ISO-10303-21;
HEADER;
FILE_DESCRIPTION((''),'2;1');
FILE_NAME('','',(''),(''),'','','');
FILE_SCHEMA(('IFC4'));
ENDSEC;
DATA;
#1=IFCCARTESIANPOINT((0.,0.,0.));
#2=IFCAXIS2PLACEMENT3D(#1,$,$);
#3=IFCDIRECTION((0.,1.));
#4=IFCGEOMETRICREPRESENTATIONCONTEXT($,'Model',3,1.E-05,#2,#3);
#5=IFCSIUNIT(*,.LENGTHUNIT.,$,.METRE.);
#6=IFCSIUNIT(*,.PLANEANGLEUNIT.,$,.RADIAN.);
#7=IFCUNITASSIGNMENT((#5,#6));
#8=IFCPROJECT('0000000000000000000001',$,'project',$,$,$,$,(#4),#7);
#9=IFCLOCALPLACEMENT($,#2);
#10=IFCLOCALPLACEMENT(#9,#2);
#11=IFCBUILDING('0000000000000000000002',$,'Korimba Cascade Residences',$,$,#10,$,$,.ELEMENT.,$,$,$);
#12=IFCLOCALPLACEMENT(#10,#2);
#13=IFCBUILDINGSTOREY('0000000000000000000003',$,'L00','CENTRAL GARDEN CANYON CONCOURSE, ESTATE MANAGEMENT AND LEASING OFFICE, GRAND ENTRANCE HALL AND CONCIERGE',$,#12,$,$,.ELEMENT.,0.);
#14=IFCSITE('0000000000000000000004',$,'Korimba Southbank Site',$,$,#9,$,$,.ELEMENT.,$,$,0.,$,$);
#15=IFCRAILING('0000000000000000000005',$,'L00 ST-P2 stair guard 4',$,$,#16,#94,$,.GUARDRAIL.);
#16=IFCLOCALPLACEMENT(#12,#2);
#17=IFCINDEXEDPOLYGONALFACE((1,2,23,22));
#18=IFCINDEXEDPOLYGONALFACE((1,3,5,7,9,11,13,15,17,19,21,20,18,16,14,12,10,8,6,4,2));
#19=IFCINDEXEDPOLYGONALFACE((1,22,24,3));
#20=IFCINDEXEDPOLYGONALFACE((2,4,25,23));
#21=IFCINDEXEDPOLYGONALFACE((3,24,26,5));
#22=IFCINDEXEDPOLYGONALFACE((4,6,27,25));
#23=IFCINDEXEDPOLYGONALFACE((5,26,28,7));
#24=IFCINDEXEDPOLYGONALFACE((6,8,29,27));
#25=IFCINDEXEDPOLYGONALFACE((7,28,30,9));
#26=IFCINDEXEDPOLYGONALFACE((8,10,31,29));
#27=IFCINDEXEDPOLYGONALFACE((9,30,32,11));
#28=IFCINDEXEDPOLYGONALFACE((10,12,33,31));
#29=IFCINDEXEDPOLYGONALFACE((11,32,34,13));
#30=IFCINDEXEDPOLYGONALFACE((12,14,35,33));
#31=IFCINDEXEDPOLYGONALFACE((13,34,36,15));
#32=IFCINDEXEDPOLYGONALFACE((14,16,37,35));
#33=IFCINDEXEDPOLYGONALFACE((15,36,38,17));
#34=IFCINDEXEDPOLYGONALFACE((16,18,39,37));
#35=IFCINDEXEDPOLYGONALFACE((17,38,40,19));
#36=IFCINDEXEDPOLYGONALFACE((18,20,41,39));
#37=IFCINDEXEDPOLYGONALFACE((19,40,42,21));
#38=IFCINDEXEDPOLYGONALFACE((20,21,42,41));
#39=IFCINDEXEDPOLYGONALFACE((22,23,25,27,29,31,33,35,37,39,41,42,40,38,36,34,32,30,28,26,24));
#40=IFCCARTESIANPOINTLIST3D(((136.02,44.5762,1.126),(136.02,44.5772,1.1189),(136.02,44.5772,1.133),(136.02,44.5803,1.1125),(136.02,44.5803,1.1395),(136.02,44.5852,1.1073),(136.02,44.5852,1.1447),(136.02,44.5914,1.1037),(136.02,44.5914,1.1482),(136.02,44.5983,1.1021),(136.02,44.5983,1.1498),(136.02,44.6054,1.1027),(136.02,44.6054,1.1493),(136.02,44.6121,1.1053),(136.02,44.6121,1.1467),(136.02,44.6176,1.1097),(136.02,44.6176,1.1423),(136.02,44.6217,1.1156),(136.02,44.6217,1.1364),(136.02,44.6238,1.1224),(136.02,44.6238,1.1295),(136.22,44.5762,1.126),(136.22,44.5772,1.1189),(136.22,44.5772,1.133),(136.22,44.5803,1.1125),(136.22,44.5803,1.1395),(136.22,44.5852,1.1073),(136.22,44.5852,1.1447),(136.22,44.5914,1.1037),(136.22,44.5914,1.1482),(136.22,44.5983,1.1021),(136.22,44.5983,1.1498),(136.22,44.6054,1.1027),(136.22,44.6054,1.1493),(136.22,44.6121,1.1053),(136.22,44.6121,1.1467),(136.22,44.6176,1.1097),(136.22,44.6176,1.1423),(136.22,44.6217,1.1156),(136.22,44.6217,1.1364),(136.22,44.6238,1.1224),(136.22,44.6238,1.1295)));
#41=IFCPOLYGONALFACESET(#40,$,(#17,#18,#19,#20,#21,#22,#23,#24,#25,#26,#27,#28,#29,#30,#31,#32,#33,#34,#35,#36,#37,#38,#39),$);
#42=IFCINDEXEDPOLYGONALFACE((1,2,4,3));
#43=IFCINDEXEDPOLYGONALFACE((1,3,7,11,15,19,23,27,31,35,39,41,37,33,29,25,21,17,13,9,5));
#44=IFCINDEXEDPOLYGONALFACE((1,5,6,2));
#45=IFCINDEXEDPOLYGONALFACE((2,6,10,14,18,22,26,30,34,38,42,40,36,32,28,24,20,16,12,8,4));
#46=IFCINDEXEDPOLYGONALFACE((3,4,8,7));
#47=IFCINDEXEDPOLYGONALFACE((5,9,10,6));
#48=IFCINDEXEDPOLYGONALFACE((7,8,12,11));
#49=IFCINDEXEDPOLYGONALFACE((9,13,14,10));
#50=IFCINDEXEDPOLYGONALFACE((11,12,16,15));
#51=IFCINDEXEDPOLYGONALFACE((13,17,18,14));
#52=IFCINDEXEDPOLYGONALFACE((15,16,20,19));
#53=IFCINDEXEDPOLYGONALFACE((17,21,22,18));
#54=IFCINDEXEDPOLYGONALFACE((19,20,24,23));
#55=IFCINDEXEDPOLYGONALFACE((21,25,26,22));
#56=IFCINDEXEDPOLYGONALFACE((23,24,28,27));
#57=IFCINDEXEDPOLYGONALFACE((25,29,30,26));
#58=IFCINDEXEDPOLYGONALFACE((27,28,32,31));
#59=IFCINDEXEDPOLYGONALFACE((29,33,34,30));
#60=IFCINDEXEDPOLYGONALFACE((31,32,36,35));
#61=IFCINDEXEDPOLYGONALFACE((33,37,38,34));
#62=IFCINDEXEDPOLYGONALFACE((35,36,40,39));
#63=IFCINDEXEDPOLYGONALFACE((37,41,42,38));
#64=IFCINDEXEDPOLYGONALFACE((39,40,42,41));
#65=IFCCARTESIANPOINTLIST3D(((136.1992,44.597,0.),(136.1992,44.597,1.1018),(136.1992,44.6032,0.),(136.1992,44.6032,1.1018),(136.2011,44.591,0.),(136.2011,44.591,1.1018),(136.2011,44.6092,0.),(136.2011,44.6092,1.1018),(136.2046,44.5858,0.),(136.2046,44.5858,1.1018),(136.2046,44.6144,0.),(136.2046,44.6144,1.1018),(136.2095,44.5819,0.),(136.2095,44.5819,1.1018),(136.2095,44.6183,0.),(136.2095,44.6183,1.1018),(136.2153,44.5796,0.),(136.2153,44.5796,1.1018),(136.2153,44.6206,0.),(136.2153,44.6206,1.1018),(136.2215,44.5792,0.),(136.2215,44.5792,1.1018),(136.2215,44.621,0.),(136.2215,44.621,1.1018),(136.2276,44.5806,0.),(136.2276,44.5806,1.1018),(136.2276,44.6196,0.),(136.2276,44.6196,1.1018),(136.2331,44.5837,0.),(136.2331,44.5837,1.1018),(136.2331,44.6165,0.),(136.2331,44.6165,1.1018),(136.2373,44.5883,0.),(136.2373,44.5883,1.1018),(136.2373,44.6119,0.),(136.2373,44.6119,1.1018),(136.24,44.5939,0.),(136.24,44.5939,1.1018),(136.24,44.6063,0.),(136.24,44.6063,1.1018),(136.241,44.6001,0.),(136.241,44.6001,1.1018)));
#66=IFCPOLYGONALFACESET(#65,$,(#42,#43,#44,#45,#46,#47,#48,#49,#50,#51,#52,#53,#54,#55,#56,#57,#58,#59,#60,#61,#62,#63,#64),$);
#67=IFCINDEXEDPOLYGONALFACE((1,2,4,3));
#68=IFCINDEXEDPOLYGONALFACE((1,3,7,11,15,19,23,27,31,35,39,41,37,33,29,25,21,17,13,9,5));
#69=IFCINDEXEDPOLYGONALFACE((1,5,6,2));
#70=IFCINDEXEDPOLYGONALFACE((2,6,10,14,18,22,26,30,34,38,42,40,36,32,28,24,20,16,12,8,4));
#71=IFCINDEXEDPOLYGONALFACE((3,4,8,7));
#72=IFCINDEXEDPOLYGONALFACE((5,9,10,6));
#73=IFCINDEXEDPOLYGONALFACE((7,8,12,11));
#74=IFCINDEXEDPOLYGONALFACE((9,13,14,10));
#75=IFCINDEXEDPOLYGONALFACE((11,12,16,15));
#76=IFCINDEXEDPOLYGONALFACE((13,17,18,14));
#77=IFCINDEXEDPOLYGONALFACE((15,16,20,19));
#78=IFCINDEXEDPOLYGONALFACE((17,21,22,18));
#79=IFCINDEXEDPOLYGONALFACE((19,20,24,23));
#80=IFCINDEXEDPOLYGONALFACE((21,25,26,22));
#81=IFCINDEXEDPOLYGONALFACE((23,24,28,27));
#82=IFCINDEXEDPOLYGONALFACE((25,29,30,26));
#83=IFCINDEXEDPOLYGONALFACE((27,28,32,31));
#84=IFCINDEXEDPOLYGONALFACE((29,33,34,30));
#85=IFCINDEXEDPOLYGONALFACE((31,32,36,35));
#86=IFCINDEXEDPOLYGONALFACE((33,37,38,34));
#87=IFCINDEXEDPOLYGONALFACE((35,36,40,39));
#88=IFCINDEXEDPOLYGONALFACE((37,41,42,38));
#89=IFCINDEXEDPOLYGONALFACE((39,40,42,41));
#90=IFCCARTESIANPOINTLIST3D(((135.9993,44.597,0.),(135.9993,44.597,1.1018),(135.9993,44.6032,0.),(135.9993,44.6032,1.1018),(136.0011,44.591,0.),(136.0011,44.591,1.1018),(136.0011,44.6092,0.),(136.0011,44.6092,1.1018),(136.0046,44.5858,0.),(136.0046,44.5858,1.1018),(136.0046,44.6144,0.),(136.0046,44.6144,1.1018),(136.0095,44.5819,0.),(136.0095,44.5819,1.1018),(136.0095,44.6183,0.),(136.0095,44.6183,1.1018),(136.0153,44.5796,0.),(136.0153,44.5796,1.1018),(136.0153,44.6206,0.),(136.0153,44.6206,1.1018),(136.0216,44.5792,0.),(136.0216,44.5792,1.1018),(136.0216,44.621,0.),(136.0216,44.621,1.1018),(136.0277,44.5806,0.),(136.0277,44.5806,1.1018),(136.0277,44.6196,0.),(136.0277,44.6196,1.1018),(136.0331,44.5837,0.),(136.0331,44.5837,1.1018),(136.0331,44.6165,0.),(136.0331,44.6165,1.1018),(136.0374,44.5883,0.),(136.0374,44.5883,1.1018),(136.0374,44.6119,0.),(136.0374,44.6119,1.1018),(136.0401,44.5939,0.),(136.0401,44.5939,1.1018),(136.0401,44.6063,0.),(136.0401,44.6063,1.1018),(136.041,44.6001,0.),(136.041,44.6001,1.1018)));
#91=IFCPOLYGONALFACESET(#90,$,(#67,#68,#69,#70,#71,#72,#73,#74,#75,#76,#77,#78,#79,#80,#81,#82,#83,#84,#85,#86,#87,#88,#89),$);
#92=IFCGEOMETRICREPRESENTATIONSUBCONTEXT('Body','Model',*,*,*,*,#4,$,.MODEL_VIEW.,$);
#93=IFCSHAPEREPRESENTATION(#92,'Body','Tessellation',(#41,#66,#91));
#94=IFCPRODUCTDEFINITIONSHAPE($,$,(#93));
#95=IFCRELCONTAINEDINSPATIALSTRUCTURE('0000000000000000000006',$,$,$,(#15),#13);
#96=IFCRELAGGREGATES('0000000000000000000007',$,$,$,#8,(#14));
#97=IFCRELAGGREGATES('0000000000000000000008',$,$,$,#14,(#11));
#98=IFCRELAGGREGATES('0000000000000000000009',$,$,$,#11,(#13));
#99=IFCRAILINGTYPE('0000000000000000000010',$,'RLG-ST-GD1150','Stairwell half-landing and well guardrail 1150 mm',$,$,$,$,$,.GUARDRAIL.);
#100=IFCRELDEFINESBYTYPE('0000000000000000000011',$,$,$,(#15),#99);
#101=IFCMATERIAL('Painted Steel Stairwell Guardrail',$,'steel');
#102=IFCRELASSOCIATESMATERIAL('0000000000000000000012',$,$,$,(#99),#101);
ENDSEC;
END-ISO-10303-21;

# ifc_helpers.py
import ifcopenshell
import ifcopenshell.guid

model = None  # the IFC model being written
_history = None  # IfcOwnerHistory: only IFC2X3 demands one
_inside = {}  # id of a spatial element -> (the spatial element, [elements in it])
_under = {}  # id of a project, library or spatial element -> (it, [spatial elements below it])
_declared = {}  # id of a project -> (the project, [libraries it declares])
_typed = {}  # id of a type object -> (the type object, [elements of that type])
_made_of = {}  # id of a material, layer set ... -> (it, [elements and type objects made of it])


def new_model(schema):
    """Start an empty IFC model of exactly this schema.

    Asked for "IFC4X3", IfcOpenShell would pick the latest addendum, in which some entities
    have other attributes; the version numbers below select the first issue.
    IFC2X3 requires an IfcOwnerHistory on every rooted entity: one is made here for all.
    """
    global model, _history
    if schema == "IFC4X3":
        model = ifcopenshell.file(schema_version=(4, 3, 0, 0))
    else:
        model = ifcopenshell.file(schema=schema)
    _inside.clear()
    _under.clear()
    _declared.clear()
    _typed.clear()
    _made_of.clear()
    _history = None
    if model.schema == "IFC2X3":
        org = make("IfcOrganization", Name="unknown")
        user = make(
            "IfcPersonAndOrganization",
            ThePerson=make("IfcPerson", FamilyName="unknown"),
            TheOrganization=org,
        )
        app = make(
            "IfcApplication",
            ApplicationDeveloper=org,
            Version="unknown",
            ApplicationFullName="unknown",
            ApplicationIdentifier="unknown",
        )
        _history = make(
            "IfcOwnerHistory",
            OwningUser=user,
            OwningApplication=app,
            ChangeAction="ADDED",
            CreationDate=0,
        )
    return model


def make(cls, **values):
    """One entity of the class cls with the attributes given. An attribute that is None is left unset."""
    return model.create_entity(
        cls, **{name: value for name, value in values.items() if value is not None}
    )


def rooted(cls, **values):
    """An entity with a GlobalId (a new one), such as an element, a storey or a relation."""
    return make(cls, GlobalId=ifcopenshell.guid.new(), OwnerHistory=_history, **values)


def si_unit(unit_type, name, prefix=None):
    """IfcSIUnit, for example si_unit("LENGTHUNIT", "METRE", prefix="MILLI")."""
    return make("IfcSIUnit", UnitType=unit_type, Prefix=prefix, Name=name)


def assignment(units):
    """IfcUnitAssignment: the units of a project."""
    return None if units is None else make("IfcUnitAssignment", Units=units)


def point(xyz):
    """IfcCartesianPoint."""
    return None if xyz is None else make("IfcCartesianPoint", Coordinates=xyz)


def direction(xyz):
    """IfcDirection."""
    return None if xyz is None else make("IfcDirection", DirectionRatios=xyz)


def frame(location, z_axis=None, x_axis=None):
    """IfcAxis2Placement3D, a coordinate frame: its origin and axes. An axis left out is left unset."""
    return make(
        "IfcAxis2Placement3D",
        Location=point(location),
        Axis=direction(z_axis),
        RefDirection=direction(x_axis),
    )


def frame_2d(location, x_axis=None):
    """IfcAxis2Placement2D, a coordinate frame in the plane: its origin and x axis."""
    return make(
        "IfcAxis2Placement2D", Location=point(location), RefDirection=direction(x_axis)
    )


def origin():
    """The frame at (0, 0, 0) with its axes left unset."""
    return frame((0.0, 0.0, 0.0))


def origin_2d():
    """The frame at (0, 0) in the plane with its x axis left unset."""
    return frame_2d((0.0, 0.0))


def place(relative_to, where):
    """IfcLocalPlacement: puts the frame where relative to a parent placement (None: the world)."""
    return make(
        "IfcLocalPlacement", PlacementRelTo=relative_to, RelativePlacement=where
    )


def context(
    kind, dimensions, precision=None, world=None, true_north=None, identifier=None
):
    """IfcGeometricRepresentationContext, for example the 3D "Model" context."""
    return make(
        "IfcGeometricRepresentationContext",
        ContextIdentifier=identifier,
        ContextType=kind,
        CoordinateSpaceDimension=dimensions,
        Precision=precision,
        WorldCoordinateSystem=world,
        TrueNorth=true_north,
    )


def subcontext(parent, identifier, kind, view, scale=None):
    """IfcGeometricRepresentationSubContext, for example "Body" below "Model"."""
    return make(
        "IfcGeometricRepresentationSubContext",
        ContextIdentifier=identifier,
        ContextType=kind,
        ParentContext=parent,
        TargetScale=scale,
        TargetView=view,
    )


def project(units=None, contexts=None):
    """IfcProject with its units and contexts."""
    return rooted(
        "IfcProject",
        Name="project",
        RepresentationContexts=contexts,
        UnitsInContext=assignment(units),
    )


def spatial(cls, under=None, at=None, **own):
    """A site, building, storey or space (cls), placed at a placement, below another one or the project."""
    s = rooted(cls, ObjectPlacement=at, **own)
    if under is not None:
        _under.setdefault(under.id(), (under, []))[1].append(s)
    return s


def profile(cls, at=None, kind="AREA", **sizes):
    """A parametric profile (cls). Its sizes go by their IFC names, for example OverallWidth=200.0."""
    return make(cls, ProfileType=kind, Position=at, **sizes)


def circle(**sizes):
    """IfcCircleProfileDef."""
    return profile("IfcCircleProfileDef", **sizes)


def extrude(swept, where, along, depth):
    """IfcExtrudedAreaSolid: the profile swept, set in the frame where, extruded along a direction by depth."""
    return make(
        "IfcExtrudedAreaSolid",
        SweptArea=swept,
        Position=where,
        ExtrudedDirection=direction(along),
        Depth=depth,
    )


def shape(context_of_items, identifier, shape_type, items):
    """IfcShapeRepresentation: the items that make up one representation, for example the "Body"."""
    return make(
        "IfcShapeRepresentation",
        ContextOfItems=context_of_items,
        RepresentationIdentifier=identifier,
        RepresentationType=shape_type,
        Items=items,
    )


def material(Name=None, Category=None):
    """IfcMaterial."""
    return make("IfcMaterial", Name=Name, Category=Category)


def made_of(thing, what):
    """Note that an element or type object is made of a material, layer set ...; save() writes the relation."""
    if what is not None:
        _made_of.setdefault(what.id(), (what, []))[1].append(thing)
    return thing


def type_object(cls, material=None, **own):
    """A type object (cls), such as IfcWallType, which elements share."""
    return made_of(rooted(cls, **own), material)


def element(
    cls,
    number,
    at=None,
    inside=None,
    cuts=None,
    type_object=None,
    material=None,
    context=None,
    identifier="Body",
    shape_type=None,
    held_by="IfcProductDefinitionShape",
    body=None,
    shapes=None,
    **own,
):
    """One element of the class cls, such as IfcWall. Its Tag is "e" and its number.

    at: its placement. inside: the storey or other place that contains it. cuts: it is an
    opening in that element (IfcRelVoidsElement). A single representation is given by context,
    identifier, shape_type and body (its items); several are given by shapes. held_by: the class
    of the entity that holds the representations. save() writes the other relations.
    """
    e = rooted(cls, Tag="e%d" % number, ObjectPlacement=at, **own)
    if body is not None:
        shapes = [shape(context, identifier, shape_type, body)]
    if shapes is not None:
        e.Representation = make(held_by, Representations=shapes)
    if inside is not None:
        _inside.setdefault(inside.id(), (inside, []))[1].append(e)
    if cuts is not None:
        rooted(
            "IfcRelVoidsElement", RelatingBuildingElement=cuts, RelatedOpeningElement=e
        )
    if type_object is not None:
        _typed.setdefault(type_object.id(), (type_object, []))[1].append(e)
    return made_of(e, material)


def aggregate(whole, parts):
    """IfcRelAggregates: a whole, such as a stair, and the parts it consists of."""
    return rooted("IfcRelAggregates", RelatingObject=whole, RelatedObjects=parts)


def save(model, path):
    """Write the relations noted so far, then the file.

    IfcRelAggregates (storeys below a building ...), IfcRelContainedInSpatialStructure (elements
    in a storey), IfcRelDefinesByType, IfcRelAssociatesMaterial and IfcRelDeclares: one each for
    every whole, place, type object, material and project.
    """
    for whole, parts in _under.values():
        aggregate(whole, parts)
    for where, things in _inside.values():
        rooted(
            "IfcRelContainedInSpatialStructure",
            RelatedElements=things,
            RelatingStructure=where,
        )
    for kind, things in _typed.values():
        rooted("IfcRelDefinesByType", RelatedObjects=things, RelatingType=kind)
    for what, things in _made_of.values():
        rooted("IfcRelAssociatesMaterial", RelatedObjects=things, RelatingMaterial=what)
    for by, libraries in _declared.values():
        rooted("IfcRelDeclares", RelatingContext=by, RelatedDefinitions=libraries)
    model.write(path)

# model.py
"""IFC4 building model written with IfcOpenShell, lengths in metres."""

from ifc_helpers import new_model, si_unit, direction, frame, origin, origin_2d, place, context, subcontext, project, spatial, circle, extrude, material, type_object, element, save


model = new_model("IFC4")

# Units and contexts
model_context = context("Model", 3, precision=1e-05, world=origin(), true_north=direction((0.0, 1.0)))
body_context = subcontext(model_context, "Body", "Model", "MODEL_VIEW")
ifc_project = project(units=[si_unit("LENGTHUNIT", "METRE"), si_unit("PLANEANGLEUNIT", "RADIAN")], contexts=[model_context])

# Site, building, storey
site_placement = place(None, origin())
site = spatial("IfcSite", under=ifc_project, at=site_placement, Name="Korimba Southbank Site", CompositionType="ELEMENT", RefElevation=0.0)
building_placement = place(site_placement, origin())
building = spatial("IfcBuilding", under=site, at=building_placement, Name="Korimba Cascade Residences", CompositionType="ELEMENT")
storey_placement = place(building_placement, origin())
storey = spatial("IfcBuildingStorey", under=building, at=storey_placement, Name="L00", Description="CENTRAL GARDEN CANYON CONCOURSE, ESTATE MANAGEMENT AND LEASING OFFICE, GRAND ENTRANCE HALL AND CONCIERGE", CompositionType="ELEMENT", Elevation=0.0)

# Railing
ifc_material_1 = material(Name="Painted Steel Stairwell Guardrail", Category="steel")
railing_type_1 = type_object("IfcRailingType", Name="RLG-ST-GD1150", Description="Stairwell half-landing and well guardrail 1150 mm", PredefinedType="GUARDRAIL", material=ifc_material_1)
railing_1_placement = place(storey_placement, frame((136.22, 44.6001, 0.0)))
element("IfcRailing", 1, at=railing_1_placement, inside=storey, type_object=railing_type_1, Name="L00 ST-P2 stair guard 4", PredefinedType="GUARDRAIL", context=body_context, shape_type="SweptSolid", body=[
    extrude(circle(Radius=0.0239, at=origin_2d()), frame((0.0, 0.0, 1.126), z_axis=(-1.0, 0.0, 0.0), x_axis=(0.0, -1.0, 0.0)), (0.0, 0.0, 1.0), 0.2),
    extrude(circle(Radius=0.021, at=origin_2d()), origin(), (0.0, 0.0, 1.0), 1.1018),
    extrude(circle(Radius=0.021, at=origin_2d()), frame((-0.2, 0.0, 0.0)), (0.0, 0.0, 1.0), 1.1018),
])

save(model, "model.ifc")
